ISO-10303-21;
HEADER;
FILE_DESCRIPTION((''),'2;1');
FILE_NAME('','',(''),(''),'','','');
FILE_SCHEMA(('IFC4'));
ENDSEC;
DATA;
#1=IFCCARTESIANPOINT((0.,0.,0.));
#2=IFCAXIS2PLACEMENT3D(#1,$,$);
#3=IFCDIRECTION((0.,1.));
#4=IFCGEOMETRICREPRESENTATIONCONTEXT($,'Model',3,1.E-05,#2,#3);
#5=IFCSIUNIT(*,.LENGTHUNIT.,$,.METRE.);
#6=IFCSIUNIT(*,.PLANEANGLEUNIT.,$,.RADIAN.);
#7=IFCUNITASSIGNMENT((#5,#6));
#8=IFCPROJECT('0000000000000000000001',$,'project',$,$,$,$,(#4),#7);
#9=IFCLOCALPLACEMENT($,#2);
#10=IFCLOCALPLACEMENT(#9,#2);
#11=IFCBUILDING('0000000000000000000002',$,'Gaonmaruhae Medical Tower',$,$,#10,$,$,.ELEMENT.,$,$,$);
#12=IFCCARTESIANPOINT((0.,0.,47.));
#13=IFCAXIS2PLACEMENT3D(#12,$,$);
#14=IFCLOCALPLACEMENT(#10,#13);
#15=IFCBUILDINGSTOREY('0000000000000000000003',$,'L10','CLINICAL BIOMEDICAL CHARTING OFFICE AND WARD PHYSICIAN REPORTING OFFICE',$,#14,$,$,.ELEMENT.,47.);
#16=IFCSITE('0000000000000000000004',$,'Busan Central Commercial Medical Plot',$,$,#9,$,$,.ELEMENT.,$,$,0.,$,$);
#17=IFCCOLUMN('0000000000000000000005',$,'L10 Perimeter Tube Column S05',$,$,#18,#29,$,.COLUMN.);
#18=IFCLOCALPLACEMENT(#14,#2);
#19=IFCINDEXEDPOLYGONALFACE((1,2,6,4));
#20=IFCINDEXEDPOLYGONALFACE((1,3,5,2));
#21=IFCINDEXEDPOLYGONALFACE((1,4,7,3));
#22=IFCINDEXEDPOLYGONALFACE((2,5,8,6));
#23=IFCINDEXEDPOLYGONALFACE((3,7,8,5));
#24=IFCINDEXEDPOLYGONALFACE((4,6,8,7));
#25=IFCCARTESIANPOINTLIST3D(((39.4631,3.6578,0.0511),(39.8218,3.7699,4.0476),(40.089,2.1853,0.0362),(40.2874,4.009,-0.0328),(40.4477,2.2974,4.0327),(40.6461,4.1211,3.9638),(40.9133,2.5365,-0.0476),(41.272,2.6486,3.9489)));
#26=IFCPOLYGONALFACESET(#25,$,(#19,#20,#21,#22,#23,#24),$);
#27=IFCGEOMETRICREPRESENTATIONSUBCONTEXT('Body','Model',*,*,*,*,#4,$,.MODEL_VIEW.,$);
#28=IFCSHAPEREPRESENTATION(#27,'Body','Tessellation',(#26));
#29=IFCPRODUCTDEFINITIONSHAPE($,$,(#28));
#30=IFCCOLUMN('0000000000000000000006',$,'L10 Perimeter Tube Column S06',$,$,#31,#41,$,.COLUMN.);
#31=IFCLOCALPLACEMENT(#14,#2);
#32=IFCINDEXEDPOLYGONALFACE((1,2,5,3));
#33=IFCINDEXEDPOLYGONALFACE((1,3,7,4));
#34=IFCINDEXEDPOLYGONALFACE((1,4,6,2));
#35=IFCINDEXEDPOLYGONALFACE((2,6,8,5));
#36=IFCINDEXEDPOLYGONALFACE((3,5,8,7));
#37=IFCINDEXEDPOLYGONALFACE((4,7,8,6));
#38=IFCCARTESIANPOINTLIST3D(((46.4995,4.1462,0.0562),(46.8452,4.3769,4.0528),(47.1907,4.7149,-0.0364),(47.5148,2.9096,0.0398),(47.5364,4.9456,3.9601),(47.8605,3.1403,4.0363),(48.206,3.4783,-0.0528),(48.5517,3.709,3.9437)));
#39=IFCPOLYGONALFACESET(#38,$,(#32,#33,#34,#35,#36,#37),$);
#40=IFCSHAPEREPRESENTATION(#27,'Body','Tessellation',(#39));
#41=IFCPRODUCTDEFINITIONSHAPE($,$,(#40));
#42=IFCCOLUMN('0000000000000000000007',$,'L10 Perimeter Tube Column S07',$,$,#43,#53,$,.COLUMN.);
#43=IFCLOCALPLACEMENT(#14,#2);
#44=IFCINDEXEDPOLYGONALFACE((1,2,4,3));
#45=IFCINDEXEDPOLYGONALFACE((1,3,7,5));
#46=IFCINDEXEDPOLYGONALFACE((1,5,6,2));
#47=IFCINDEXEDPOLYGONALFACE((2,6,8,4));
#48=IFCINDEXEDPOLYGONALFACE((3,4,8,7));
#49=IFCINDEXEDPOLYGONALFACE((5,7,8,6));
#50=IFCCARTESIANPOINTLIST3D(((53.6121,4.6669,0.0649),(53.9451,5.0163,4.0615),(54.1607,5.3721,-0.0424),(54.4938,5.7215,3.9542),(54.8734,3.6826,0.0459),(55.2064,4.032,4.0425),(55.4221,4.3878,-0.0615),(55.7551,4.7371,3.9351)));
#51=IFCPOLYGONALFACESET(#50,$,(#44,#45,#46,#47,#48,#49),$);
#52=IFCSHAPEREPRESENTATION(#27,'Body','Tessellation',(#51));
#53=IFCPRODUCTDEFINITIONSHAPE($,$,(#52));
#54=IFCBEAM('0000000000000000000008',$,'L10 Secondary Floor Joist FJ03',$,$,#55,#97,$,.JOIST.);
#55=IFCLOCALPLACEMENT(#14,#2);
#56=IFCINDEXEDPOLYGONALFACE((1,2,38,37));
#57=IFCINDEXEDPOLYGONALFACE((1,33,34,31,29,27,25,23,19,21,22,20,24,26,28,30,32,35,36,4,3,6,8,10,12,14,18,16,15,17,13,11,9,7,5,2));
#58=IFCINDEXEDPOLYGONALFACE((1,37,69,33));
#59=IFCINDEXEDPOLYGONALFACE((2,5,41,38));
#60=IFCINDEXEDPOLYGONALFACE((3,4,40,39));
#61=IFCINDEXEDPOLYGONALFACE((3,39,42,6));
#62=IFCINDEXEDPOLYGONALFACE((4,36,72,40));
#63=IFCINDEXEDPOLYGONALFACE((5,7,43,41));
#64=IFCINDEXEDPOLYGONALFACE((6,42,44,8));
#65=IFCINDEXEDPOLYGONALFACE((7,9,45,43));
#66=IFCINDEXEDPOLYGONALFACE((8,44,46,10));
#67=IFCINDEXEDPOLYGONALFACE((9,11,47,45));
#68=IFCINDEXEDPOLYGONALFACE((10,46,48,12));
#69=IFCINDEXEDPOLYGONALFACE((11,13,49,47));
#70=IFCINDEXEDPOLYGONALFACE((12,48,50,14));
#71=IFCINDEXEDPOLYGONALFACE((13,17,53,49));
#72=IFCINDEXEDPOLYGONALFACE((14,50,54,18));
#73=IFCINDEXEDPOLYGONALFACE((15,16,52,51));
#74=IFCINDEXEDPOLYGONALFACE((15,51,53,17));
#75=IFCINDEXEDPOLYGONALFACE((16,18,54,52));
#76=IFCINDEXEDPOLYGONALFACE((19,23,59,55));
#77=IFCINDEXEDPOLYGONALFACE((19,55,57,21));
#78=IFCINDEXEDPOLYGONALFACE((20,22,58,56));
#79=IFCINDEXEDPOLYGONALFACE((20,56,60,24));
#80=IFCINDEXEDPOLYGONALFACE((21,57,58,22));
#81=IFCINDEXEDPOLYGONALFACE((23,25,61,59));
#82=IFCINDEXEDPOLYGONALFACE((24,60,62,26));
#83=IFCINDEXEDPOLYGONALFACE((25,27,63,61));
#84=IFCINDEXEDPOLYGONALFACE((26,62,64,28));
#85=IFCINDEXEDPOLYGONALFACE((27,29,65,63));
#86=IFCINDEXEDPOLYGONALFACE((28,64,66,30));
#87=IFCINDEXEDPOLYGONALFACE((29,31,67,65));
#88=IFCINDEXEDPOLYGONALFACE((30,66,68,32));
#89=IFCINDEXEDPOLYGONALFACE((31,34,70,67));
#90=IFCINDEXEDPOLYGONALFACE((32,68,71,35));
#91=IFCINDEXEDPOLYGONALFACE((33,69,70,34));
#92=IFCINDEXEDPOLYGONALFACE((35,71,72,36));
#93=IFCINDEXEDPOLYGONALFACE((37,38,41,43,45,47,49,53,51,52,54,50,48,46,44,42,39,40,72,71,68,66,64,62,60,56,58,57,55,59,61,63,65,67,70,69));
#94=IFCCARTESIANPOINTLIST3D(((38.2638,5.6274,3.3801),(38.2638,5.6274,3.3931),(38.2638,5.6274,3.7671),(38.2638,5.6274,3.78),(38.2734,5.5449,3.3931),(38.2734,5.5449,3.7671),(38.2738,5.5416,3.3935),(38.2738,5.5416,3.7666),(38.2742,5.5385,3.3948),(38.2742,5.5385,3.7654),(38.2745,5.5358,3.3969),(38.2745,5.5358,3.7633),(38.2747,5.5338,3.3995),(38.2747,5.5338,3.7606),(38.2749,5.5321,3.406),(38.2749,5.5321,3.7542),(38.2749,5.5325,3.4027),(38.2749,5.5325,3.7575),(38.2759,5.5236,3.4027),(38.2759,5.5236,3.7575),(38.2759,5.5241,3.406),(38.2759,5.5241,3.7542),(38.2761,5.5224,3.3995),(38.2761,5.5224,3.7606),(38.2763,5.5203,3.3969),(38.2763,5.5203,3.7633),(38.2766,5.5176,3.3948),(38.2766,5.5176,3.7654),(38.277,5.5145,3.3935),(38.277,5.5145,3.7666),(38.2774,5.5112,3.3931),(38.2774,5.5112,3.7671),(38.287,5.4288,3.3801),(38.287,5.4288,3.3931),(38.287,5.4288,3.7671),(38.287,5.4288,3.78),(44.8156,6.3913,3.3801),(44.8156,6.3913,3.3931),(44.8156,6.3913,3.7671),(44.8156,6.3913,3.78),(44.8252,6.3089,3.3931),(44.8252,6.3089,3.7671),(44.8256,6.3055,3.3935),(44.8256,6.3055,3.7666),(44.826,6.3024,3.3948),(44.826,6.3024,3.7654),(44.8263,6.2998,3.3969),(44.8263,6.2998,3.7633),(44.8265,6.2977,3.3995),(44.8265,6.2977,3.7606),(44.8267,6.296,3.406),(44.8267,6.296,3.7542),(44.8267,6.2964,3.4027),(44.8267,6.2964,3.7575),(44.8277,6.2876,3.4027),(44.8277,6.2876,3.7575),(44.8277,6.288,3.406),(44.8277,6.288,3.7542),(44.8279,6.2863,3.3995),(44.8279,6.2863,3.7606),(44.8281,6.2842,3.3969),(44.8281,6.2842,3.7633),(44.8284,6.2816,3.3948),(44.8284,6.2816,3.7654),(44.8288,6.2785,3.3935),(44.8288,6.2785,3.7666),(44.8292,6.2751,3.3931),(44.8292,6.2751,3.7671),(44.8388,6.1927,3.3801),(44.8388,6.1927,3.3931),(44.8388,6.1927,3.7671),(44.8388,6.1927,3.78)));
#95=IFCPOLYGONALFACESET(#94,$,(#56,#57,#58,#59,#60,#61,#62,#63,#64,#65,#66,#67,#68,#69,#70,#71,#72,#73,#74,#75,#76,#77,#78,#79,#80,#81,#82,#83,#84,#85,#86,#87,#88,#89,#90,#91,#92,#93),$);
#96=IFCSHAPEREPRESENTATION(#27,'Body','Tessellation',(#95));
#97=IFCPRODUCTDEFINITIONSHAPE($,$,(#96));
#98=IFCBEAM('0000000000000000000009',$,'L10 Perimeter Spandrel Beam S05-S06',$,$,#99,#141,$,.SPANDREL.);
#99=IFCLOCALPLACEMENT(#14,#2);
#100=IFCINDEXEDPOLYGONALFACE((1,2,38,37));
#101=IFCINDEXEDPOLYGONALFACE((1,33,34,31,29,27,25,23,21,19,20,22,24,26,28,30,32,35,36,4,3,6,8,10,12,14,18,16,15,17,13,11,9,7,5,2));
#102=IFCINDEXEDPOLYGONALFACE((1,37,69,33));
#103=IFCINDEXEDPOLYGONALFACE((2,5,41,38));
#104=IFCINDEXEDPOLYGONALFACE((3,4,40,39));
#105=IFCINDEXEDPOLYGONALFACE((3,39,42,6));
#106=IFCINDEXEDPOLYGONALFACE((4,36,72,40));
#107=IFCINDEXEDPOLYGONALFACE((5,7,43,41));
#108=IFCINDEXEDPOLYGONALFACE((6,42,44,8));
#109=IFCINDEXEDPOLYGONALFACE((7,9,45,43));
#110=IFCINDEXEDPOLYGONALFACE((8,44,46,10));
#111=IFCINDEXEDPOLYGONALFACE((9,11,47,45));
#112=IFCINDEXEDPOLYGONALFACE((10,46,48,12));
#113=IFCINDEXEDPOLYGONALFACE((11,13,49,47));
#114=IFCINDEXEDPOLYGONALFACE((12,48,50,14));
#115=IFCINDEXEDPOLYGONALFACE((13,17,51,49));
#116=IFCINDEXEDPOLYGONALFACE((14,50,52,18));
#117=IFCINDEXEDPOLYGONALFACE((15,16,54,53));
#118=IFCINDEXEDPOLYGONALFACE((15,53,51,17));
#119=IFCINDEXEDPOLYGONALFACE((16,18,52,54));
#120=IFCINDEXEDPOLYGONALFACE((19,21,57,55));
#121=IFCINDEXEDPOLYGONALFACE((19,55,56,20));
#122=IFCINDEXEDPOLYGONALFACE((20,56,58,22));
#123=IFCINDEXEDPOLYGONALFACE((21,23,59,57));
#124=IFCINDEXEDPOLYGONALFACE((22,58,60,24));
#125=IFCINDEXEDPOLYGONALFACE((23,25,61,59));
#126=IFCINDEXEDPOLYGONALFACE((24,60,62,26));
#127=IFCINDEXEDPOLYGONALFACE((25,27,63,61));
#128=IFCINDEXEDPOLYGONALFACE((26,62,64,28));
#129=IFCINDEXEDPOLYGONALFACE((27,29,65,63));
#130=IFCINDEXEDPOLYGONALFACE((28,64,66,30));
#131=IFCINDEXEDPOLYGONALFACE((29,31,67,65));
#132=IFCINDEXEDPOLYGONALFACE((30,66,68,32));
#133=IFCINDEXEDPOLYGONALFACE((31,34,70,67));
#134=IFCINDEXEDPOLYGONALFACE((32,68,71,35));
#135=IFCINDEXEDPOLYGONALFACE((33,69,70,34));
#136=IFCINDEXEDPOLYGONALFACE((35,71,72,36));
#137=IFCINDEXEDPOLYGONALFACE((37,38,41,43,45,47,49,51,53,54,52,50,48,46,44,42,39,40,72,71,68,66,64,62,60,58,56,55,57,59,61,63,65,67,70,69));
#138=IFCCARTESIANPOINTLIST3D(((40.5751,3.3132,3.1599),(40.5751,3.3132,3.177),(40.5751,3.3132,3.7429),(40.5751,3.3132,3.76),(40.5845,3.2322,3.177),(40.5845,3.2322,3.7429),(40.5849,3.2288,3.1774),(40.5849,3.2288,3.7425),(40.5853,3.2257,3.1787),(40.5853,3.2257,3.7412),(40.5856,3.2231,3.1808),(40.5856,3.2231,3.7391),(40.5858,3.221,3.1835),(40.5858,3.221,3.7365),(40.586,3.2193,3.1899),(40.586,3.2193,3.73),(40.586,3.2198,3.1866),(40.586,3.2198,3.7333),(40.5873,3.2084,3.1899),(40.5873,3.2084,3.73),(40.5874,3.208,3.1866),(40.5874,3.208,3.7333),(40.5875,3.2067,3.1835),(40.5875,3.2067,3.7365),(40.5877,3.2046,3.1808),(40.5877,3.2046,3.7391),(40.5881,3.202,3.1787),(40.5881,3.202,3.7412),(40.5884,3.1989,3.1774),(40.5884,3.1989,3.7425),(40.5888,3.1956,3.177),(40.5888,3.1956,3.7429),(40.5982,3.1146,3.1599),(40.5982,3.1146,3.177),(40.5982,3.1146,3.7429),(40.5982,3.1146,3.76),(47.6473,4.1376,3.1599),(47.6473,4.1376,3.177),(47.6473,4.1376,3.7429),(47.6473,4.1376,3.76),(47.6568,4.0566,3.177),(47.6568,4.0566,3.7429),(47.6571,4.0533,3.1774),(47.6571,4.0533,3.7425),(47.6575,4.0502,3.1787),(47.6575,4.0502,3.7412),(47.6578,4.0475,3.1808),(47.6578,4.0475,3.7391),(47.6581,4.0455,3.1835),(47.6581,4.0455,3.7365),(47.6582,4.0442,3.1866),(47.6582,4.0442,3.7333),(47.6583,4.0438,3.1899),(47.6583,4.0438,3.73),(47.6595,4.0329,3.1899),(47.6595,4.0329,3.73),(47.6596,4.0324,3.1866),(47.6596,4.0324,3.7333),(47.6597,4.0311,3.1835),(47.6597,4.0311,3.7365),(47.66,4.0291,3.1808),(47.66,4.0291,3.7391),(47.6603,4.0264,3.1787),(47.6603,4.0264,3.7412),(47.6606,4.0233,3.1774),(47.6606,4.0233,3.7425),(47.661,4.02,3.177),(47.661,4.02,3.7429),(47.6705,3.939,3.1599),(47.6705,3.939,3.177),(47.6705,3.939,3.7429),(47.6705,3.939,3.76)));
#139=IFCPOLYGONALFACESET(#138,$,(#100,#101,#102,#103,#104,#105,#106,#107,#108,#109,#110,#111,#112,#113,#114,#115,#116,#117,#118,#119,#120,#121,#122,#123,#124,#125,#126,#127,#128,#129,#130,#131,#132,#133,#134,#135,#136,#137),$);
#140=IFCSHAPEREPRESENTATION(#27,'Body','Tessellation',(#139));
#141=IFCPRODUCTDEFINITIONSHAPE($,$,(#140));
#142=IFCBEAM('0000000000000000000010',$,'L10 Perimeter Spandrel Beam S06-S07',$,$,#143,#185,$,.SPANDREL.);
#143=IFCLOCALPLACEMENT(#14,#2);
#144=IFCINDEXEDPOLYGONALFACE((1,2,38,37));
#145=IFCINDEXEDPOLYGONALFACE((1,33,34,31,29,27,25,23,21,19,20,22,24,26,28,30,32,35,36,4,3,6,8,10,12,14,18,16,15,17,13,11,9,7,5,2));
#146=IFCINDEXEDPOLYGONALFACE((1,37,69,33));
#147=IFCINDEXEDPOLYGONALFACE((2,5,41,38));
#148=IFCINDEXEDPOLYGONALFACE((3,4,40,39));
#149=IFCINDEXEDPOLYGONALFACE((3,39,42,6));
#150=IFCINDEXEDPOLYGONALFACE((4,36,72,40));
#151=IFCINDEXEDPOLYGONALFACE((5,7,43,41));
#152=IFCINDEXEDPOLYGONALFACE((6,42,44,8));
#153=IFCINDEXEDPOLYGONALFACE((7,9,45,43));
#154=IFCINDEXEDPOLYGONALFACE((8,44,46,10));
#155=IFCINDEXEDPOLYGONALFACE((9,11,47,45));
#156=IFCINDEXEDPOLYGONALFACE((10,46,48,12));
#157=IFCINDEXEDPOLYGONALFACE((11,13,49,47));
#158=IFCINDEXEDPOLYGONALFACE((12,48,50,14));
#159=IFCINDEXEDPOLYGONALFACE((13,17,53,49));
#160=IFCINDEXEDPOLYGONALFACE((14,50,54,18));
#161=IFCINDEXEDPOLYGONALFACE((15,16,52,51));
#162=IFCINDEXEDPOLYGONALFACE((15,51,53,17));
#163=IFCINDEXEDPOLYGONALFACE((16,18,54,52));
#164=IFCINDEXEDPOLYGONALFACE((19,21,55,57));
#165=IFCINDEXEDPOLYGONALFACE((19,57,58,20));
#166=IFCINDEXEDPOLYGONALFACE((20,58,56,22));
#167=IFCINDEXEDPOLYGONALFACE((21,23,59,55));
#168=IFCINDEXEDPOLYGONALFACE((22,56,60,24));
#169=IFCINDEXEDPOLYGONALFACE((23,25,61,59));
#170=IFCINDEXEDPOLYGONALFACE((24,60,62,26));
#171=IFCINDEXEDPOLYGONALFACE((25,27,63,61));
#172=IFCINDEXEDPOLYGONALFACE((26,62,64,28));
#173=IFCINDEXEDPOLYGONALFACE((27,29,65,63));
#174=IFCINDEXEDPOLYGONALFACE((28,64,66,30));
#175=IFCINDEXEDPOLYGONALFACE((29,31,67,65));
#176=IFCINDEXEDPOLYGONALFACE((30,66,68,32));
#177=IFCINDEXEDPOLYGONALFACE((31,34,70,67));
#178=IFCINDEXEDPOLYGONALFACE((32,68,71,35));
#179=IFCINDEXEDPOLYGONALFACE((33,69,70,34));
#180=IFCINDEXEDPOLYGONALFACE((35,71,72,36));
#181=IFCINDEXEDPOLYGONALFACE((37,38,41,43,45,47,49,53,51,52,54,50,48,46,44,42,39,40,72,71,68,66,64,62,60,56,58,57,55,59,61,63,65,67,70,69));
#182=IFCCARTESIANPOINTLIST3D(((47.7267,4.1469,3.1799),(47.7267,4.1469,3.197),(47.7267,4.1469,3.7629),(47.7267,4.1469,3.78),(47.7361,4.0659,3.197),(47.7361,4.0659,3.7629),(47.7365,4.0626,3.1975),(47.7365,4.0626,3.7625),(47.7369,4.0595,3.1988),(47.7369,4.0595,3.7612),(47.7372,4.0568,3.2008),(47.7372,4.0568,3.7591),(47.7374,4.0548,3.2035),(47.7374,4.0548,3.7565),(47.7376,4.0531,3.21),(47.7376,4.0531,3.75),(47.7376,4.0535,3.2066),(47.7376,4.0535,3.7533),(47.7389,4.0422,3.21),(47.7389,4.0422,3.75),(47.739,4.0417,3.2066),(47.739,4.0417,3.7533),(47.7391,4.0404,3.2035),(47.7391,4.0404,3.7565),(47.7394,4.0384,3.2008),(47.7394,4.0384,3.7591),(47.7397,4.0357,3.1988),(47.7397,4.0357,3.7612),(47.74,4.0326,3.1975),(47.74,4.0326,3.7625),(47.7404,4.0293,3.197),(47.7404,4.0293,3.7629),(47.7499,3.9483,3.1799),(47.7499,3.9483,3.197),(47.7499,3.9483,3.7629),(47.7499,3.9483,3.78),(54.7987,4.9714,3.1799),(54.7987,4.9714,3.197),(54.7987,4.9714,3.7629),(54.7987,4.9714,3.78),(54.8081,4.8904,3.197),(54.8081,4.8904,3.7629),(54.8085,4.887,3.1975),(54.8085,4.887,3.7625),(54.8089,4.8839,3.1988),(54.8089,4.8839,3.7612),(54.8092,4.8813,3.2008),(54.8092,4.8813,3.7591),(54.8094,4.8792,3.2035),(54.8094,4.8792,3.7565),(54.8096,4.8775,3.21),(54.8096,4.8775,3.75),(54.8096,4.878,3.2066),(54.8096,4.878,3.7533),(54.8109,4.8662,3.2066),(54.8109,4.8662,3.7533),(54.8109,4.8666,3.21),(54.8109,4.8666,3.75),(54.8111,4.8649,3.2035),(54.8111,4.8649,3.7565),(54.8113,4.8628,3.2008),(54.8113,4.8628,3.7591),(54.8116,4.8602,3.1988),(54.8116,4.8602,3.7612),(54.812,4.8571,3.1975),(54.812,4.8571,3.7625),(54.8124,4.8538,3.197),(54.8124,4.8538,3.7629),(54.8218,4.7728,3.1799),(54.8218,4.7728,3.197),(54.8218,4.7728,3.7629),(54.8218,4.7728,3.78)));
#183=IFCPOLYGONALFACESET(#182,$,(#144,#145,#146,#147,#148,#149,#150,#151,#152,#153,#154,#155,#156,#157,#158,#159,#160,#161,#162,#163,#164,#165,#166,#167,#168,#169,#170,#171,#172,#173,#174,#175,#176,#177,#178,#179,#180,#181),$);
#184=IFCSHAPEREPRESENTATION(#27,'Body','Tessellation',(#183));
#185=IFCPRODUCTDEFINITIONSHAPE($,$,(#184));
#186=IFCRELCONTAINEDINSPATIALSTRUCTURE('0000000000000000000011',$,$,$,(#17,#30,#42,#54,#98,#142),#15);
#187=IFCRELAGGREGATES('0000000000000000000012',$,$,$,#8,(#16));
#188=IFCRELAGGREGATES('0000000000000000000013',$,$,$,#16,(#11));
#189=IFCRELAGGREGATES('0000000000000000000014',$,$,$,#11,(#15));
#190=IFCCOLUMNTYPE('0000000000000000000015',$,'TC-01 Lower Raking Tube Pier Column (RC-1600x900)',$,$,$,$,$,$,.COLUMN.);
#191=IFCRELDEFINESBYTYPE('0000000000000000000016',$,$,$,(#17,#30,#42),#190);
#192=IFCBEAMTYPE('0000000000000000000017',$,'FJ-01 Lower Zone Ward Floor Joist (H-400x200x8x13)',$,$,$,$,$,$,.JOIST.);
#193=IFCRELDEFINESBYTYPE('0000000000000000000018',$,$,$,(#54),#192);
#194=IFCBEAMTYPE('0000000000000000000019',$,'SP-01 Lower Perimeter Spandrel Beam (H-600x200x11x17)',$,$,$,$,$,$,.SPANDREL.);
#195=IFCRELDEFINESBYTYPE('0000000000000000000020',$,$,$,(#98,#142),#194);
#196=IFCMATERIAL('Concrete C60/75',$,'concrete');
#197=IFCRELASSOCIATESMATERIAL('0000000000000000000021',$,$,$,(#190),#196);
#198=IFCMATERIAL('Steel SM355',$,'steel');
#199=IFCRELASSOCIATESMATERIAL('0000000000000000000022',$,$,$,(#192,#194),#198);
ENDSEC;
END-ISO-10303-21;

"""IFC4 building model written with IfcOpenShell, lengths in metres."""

from ifc_helpers import new_model, si_unit, direction, frame, origin, origin_2d, place, context, subcontext, project, spatial, rectangle, i_section, extrude, material, material_profile, profile_set, type_object, element, save


model = new_model("IFC4")

# Units and contexts
model_context = context("Model", 3, precision=1e-05, world=origin(), true_north=direction((0.0, 1.0)))
body_context = subcontext(model_context, "Body", "Model", "MODEL_VIEW")
ifc_project = project(units=[si_unit("LENGTHUNIT", "METRE"), si_unit("PLANEANGLEUNIT", "RADIAN")], contexts=[model_context])

# Site, building, storey
site_placement = place(None, origin())
site = spatial("IfcSite", under=ifc_project, at=site_placement, Name="Busan Central Commercial Medical Plot", CompositionType="ELEMENT", RefElevation=0.0)
building_placement = place(site_placement, origin())
building = spatial("IfcBuilding", under=site, at=building_placement, Name="Gaonmaruhae Medical Tower", CompositionType="ELEMENT")
storey_placement = place(building_placement, frame((0.0, 0.0, 47.0)))
storey = spatial("IfcBuildingStorey", under=building, at=storey_placement, Name="L10", Description="CLINICAL BIOMEDICAL CHARTING OFFICE AND WARD PHYSICIAN REPORTING OFFICE", CompositionType="ELEMENT", Elevation=47.0)

# Columns
ifc_material_1 = material(Name="Concrete C60/75", Category="concrete")
ifc_material_profile_1 = material_profile(ifc_material_1, rectangle(XDim=1.6001, YDim=0.8999, at=origin_2d()), Name="RC-1600x900")
ifc_profile_set_1 = profile_set([ifc_material_profile_1], Name="Concrete C60/75")
column_type = type_object("IfcColumnType", Name="TC-01 Lower Raking Tube Pier Column (RC-1600x900)", PredefinedType="COLUMN", material=ifc_profile_set_1)
column_1_placement = place(storey_placement, frame((40.1882, 3.0972, 0.0017), z_axis=(0.089343, 0.027916, 0.99561), x_axis=(-0.391147, 0.920281, 0.009297)))
element("IfcColumn", 1, at=column_1_placement, inside=storey, type_object=column_type, Name="L10 Perimeter Tube Column S05", PredefinedType="COLUMN", context=body_context, shape_type="SweptSolid", body=[
    extrude(rectangle(XDim=1.6001, YDim=0.8999, at=origin_2d()), origin(), (0.0, 0.0, 1.0), 4.0142),
])
column_2_placement = place(storey_placement, frame((47.3528, 3.8123, 0.0017), z_axis=(0.086036, 0.057418, 0.994636), x_axis=(-0.634531, 0.772829, 0.010273)))
element("IfcColumn", 2, at=column_2_placement, inside=storey, type_object=column_type, Name="L10 Perimeter Tube Column S06", PredefinedType="COLUMN", context=body_context, shape_type="SweptSolid", body=[
    extrude(rectangle(XDim=1.6001, YDim=0.8999, at=origin_2d()), origin(), (0.0, 0.0, 1.0), 4.0181),
])
column_3_placement = place(storey_placement, frame((54.5171, 4.5273, 0.0017), z_axis=(0.082722, 0.086785, 0.992787), x_axis=(-0.788302, 0.615173, 0.011908)))
element("IfcColumn", 3, at=column_3_placement, inside=storey, type_object=column_type, Name="L10 Perimeter Tube Column S07", PredefinedType="COLUMN", context=body_context, shape_type="SweptSolid", body=[
    extrude(rectangle(XDim=1.6001, YDim=0.8999, at=origin_2d()), origin(), (0.0, 0.0, 1.0), 4.0256),
])

# Beams
ifc_material_2 = material(Name="Steel SM355", Category="steel")
ifc_material_profile_2 = material_profile(ifc_material_2, i_section(OverallWidth=0.2, OverallDepth=0.3999, WebThickness=0.0081, FlangeThickness=0.0129, FilletRadius=0.0129, at=origin_2d()), Name="H-400x200x8x13")
ifc_profile_set_2 = profile_set([ifc_material_profile_2], Name="Steel SM355")
beam_type_1 = type_object("IfcBeamType", Name="FJ-01 Lower Zone Ward Floor Joist (H-400x200x8x13)", PredefinedType="JOIST", material=ifc_profile_set_2)
beam_1_placement = place(storey_placement, frame((38.2754, 5.5281, 3.5801), z_axis=(0.993271, 0.115813, 0.0), x_axis=(-0.115813, 0.993271, 0.0)))
element("IfcBeam", 4, at=beam_1_placement, inside=storey, type_object=beam_type_1, Name="L10 Secondary Floor Joist FJ03", PredefinedType="JOIST", context=body_context, shape_type="SweptSolid", body=[
    extrude(i_section(OverallWidth=0.2, OverallDepth=0.3999, WebThickness=0.0081, FlangeThickness=0.0129, FilletRadius=0.0129, at=origin_2d()), origin(), (0.0, 0.0, 1.0), 6.5962),
])
ifc_material_profile_3 = material_profile(ifc_material_2, i_section(OverallWidth=0.2, OverallDepth=0.6001, WebThickness=0.011, FlangeThickness=0.0171, FilletRadius=0.0129, at=origin_2d()), Name="H-600x200x11x17")
ifc_profile_set_3 = profile_set([ifc_material_profile_3], Name="Steel SM355")
beam_type_2 = type_object("IfcBeamType", Name="SP-01 Lower Perimeter Spandrel Beam (H-600x200x11x17)", PredefinedType="SPANDREL", material=ifc_profile_set_3)
beam_2_placement = place(storey_placement, frame((40.5867, 3.2139, 3.46), z_axis=(0.993273, 0.115793, 0.0), x_axis=(-0.115793, 0.993273, 0.0)))
element("IfcBeam", 5, at=beam_2_placement, inside=storey, type_object=beam_type_2, Name="L10 Perimeter Spandrel Beam S05-S06", PredefinedType="SPANDREL", context=body_context, shape_type="SweptSolid", body=[
    extrude(i_section(OverallWidth=0.2, OverallDepth=0.6001, WebThickness=0.011, FlangeThickness=0.0171, FilletRadius=0.0129, at=origin_2d()), origin(), (0.0, 0.0, 1.0), 7.1201),
])
beam_3_placement = place(storey_placement, frame((47.7383, 4.0476, 3.48), z_axis=(0.993273, 0.115797, 0.0), x_axis=(-0.115797, 0.993273, 0.0)))
element("IfcBeam", 6, at=beam_3_placement, inside=storey, type_object=beam_type_2, Name="L10 Perimeter Spandrel Beam S06-S07", PredefinedType="SPANDREL", context=body_context, shape_type="SweptSolid", body=[
    extrude(i_section(OverallWidth=0.2, OverallDepth=0.6001, WebThickness=0.011, FlangeThickness=0.0171, FilletRadius=0.0129, at=origin_2d()), origin(), (0.0, 0.0, 1.0), 7.1199),
])

save(model, "model.ifc")
